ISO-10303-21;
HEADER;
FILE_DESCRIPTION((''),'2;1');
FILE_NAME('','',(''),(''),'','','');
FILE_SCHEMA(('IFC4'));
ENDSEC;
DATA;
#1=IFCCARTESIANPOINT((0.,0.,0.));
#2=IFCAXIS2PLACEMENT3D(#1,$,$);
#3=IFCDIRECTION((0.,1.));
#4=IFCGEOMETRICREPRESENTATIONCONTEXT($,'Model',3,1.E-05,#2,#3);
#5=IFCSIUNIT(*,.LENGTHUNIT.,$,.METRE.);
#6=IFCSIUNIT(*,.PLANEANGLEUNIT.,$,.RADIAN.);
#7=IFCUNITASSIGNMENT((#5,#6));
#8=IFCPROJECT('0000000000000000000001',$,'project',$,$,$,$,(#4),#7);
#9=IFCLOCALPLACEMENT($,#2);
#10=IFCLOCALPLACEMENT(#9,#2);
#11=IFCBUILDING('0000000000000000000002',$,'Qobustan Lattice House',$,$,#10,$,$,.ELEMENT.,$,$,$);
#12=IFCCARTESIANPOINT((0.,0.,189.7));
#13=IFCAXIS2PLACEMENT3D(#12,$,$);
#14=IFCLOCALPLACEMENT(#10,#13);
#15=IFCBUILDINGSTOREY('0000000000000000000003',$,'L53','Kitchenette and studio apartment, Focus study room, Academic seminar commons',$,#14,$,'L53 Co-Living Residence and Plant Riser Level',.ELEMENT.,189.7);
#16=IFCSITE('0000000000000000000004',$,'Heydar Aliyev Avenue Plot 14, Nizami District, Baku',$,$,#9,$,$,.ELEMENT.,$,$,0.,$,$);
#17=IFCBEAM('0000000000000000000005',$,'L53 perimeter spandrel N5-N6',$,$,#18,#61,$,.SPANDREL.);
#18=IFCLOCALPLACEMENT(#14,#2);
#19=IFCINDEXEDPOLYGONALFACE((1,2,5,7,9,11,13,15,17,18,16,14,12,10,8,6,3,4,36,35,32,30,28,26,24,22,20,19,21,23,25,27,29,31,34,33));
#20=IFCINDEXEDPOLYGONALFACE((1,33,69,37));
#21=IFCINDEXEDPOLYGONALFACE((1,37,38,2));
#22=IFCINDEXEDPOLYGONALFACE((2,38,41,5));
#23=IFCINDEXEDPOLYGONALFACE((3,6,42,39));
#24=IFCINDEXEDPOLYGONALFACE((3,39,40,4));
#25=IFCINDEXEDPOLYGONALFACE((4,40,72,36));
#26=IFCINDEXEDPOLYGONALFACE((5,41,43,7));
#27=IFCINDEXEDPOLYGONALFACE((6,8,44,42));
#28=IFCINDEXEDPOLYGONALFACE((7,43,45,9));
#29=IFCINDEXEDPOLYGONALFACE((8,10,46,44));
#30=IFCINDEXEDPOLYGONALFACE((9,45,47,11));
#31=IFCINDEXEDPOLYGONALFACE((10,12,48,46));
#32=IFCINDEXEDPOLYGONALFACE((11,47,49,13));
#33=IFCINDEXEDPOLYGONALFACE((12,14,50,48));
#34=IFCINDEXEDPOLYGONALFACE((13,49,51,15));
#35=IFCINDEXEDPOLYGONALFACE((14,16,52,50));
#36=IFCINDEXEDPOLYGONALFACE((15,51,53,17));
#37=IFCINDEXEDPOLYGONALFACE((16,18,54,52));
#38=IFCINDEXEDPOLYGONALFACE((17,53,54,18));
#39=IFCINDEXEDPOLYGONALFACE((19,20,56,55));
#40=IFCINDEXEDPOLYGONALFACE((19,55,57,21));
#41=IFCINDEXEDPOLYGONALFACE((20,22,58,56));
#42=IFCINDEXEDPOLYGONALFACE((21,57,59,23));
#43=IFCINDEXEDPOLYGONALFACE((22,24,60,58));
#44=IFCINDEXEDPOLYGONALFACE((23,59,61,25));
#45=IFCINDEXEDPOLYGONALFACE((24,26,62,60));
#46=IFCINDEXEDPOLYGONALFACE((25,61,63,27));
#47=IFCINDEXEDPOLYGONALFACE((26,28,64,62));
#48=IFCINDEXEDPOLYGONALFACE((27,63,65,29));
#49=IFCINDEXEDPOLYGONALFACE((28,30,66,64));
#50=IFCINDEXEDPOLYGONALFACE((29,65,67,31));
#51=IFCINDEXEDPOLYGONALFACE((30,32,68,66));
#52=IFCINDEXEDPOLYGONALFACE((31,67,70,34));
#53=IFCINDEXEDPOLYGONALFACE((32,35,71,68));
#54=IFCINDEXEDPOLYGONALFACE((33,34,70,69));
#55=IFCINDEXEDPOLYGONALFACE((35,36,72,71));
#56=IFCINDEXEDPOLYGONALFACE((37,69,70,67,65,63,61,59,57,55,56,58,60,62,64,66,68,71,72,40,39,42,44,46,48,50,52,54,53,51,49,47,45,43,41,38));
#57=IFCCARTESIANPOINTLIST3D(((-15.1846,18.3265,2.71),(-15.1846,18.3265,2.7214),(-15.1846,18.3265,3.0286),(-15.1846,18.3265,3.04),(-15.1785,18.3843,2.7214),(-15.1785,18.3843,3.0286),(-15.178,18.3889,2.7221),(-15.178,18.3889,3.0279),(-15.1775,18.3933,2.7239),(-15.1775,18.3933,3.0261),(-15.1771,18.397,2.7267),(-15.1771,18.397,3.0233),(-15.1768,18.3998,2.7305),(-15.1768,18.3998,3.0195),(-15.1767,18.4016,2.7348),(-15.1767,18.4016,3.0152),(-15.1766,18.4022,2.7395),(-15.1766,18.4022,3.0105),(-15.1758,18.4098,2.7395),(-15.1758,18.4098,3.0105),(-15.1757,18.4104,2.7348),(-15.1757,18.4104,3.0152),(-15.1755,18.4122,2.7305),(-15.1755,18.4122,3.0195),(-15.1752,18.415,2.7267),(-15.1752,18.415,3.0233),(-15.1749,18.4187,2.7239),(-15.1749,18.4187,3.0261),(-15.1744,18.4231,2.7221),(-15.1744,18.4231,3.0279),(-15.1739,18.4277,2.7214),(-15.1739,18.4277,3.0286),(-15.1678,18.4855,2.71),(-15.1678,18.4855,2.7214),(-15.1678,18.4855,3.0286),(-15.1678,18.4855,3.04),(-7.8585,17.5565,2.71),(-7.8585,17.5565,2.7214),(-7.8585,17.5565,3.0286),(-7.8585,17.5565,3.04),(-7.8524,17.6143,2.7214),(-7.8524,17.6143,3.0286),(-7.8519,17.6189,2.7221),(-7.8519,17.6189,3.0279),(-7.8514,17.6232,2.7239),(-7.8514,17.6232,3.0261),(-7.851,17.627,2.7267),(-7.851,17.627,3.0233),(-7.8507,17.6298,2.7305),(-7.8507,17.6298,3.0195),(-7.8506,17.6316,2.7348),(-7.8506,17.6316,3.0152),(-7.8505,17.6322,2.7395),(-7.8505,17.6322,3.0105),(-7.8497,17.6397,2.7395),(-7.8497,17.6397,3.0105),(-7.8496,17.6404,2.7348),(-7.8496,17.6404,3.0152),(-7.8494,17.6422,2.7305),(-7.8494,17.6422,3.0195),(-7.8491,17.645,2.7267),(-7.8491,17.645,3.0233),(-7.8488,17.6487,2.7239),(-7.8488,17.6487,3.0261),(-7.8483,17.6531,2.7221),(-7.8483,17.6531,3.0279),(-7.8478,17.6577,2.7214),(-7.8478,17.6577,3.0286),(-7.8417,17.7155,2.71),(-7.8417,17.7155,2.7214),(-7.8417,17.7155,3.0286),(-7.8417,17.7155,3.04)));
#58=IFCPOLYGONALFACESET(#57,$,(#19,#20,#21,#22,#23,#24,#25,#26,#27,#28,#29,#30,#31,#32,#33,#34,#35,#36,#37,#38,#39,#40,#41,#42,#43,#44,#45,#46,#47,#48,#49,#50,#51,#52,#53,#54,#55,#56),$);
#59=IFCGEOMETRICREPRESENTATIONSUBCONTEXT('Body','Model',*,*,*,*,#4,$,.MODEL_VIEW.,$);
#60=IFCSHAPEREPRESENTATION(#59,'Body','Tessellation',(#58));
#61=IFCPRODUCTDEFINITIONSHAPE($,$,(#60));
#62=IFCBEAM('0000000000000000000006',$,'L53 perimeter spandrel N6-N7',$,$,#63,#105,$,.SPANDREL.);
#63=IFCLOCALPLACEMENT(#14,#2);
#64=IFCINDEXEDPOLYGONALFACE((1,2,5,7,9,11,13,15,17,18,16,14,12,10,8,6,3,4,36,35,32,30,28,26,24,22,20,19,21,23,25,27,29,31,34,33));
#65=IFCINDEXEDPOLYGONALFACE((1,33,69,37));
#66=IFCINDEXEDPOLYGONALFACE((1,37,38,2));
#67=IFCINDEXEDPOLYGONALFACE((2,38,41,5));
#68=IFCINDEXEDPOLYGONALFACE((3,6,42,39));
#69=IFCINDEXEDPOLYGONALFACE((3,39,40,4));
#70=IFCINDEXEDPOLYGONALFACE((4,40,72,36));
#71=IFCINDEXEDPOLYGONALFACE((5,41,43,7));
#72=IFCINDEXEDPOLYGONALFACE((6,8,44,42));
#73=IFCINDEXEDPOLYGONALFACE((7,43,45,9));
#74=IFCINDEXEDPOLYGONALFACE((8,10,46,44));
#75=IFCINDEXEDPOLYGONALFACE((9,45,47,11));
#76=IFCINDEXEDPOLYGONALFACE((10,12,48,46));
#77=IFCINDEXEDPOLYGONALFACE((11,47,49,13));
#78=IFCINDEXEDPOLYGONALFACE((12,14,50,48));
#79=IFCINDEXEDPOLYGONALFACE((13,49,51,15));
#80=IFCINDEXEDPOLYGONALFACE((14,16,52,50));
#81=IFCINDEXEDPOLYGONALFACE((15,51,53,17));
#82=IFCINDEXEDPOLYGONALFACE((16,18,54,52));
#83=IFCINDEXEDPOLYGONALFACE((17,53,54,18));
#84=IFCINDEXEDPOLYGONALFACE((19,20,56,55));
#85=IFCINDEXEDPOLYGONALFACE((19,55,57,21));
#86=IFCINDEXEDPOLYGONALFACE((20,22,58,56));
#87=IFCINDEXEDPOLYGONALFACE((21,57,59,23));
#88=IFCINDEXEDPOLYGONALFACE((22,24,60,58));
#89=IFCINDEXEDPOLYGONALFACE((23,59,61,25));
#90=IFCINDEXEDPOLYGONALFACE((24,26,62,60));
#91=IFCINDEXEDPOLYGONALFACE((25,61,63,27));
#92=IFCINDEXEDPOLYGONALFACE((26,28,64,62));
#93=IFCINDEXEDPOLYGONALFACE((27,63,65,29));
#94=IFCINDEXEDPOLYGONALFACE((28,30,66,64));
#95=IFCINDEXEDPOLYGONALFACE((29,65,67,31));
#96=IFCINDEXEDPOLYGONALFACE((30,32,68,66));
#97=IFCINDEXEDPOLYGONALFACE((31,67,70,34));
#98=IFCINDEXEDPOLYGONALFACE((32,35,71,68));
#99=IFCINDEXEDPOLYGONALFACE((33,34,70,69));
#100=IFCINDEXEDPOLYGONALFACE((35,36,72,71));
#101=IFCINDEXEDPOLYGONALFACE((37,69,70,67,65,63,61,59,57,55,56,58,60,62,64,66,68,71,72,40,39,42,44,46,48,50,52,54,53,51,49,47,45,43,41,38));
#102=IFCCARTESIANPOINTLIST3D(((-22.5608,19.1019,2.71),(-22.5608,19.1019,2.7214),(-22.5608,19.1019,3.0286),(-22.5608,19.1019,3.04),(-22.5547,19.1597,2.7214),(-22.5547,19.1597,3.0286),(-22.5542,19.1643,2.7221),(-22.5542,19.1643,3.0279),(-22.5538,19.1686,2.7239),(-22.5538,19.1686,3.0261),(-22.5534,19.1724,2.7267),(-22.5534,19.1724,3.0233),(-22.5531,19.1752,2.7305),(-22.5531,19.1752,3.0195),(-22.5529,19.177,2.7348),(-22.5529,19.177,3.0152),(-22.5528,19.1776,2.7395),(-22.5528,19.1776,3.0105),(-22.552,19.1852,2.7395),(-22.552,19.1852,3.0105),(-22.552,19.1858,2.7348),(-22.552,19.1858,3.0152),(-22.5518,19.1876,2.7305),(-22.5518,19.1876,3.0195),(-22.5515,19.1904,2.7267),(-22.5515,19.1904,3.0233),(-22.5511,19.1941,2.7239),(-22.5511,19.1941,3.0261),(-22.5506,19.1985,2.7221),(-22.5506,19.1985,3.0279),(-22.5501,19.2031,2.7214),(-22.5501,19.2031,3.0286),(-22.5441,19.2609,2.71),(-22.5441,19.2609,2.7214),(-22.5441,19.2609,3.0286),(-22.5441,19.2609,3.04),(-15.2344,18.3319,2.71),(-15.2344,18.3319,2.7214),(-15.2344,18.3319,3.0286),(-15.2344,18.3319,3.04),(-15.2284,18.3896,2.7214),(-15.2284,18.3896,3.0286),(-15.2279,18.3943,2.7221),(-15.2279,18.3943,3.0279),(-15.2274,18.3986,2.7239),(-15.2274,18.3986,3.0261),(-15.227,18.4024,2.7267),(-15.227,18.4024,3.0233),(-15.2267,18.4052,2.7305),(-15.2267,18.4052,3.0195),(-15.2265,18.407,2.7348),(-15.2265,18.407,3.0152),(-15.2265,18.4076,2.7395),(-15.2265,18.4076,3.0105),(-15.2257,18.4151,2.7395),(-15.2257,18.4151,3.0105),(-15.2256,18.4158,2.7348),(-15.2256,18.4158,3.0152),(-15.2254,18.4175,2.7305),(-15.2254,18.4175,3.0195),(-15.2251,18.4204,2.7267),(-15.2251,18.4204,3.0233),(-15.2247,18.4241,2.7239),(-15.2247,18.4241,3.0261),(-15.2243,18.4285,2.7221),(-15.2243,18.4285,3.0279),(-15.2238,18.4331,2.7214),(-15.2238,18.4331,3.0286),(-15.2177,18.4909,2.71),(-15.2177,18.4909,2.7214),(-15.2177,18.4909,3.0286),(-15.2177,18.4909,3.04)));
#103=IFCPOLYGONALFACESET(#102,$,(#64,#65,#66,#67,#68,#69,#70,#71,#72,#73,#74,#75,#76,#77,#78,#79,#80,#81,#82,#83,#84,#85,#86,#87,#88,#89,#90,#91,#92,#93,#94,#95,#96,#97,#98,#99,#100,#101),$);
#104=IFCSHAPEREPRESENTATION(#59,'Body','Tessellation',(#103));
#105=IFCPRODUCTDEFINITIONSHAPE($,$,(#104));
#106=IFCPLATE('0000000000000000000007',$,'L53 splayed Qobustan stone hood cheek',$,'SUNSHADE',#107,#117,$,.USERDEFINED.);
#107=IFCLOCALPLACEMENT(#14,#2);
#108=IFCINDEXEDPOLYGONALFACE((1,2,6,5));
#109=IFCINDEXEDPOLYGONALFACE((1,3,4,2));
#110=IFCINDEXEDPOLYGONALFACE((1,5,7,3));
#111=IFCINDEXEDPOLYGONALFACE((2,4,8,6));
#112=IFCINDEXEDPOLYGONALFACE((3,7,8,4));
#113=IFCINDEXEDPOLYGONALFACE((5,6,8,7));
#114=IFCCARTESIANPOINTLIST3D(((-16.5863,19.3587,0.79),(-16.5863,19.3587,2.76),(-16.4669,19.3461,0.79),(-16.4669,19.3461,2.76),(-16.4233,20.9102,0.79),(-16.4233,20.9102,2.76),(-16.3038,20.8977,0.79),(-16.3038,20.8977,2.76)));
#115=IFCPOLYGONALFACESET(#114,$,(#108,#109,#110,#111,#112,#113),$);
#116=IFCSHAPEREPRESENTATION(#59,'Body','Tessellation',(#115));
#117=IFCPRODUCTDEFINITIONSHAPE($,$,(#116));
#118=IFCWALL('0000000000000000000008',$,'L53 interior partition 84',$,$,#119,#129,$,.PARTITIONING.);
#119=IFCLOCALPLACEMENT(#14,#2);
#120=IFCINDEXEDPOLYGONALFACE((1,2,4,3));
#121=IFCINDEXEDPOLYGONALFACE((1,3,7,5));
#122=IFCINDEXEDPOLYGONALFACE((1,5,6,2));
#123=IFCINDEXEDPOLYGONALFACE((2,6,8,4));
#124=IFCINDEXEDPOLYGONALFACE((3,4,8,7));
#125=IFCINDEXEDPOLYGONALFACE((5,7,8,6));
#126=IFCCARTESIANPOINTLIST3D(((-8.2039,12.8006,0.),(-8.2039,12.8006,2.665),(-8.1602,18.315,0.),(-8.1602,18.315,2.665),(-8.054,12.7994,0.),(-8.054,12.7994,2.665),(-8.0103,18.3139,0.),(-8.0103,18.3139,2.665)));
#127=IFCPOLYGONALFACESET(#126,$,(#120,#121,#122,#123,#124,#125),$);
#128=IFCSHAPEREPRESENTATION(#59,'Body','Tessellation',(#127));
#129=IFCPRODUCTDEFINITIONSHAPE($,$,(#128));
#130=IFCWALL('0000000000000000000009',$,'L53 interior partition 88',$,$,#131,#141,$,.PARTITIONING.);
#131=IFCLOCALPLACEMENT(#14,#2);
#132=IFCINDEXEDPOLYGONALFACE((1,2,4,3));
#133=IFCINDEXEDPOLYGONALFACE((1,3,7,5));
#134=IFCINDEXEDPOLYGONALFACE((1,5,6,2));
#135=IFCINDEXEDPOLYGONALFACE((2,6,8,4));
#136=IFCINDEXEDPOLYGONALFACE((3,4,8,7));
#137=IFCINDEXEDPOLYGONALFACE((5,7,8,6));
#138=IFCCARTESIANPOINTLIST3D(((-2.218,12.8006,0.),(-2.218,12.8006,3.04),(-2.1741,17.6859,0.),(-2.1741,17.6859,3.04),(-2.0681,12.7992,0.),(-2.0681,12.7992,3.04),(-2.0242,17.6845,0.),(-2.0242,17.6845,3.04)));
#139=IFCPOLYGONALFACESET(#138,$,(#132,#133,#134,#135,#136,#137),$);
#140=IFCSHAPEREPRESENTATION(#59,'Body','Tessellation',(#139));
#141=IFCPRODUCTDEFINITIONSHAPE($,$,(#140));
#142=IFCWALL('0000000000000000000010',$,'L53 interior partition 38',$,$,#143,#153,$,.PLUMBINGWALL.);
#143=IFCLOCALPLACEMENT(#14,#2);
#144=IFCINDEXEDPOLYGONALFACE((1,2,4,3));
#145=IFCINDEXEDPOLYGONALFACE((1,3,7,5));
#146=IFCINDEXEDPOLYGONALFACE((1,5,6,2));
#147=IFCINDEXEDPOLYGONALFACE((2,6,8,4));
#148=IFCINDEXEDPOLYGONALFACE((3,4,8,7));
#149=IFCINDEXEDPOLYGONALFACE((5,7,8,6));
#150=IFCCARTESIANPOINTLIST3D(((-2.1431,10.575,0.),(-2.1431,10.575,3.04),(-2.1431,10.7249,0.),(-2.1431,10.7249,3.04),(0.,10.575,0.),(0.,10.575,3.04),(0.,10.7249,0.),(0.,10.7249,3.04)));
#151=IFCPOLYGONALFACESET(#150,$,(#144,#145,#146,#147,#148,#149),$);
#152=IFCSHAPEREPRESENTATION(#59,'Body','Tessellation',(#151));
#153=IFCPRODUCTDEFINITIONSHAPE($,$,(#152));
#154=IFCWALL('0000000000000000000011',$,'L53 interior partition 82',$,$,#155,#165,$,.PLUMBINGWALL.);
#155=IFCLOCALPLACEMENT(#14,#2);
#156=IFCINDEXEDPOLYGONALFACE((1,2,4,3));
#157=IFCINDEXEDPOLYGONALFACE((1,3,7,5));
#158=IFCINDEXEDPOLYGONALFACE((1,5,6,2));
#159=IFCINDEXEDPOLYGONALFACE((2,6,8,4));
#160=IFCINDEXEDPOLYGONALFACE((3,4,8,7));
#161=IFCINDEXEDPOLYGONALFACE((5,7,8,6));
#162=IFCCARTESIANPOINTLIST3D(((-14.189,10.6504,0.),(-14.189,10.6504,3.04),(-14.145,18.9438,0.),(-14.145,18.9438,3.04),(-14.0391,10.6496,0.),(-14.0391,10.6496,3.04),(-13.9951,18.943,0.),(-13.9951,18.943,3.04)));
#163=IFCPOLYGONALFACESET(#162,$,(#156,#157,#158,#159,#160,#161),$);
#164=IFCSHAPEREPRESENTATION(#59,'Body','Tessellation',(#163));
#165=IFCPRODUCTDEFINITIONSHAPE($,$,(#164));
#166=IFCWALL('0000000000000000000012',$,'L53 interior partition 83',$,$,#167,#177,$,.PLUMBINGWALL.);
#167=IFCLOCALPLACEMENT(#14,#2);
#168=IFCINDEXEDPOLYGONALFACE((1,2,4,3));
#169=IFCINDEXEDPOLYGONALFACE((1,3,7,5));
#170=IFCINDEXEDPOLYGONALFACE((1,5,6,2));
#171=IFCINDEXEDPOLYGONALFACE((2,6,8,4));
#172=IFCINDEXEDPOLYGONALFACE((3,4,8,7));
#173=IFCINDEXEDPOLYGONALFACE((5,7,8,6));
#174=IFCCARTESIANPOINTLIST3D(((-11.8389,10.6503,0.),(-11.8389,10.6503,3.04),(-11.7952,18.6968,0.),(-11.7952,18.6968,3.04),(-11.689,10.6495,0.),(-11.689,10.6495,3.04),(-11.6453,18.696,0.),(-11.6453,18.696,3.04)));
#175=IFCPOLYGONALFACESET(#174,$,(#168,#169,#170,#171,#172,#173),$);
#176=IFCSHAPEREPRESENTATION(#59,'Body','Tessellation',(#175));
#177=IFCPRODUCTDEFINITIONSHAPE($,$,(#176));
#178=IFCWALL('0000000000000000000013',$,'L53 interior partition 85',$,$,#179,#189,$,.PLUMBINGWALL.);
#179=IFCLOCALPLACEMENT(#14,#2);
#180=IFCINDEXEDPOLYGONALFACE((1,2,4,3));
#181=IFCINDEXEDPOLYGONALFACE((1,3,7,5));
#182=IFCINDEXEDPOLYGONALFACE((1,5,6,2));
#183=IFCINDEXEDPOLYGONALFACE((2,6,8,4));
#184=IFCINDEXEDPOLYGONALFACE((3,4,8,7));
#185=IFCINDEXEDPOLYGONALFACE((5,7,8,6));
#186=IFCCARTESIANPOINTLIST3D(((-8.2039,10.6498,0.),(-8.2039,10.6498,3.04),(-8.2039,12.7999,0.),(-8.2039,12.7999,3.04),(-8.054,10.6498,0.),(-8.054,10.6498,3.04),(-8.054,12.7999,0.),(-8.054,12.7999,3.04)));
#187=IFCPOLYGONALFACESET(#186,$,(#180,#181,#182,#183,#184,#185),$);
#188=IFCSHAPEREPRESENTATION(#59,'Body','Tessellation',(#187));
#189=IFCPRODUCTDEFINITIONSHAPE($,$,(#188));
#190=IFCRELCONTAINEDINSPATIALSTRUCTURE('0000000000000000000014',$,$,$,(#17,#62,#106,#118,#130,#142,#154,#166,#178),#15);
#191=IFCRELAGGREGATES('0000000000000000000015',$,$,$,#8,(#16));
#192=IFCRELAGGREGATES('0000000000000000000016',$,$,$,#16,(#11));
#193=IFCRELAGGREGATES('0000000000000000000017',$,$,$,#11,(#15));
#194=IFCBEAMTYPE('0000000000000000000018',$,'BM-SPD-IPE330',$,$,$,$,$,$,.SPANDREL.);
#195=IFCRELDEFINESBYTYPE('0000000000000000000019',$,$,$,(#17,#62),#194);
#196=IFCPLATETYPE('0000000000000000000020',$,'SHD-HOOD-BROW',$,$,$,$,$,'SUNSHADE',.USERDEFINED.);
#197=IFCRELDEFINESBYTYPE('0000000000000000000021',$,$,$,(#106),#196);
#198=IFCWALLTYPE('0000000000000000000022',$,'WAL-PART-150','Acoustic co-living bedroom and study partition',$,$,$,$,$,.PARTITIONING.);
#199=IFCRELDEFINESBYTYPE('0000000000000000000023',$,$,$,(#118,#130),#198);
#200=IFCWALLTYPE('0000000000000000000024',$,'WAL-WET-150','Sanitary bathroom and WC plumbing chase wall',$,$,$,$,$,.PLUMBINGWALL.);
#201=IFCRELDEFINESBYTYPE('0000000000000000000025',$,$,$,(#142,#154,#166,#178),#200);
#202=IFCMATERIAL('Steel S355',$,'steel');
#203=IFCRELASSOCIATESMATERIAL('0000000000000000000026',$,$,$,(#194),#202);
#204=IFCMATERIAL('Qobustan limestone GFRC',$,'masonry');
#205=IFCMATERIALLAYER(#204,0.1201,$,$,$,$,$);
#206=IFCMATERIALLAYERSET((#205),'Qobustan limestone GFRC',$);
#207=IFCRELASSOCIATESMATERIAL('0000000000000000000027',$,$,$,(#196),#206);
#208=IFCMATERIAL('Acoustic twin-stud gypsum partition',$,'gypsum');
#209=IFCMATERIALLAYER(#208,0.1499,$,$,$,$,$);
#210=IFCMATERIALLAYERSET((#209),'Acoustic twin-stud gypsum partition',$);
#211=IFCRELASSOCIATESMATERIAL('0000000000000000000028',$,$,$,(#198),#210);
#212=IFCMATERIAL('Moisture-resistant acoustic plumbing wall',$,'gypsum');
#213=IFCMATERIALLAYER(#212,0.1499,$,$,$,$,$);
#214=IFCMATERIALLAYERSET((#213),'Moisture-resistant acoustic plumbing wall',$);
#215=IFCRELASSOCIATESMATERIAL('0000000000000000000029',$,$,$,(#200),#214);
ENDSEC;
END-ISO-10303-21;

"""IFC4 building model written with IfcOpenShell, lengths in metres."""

from ifc_helpers import new_model, si_unit, direction, frame, frame_2d, origin, origin_2d, place, context, subcontext, project, spatial, rectangle, i_section, extrude, material, layer, layer_set, material_profile, profile_set, type_object, element, save


model = new_model("IFC4")

# Units and contexts
model_context = context("Model", 3, precision=1e-05, world=origin(), true_north=direction((0.0, 1.0)))
body_context = subcontext(model_context, "Body", "Model", "MODEL_VIEW")
ifc_project = project(units=[si_unit("LENGTHUNIT", "METRE"), si_unit("PLANEANGLEUNIT", "RADIAN")], contexts=[model_context])

# Site, building, storey
site_placement = place(None, origin())
site = spatial("IfcSite", under=ifc_project, at=site_placement, Name="Heydar Aliyev Avenue Plot 14, Nizami District, Baku", CompositionType="ELEMENT", RefElevation=0.0)
building_placement = place(site_placement, origin())
building = spatial("IfcBuilding", under=site, at=building_placement, Name="Qobustan Lattice House", CompositionType="ELEMENT")
storey_placement = place(building_placement, frame((0.0, 0.0, 189.7)))
storey = spatial("IfcBuildingStorey", under=building, at=storey_placement, Name="L53", Description="Kitchenette and studio apartment, Focus study room, Academic seminar commons", LongName="L53 Co-Living Residence and Plant Riser Level", CompositionType="ELEMENT", Elevation=189.7)

# Beams
ifc_material_1 = material(Name="Steel S355", Category="steel")
ifc_material_profile_1 = material_profile(ifc_material_1, i_section(OverallWidth=0.1599, OverallDepth=0.3301, WebThickness=0.0076, FlangeThickness=0.0115, FilletRadius=0.0181, at=origin_2d()), Name="IPE330")
ifc_profile_set_1 = profile_set([ifc_material_profile_1], Name="Steel S355")
beam_type_1 = type_object("IfcBeamType", Name="BM-SPD-IPE330", PredefinedType="SPANDREL", material=ifc_profile_set_1)
beam_1_placement = place(storey_placement, frame((-7.8501, 17.636, 2.875), z_axis=(-0.994522, 0.10453, 0.0), x_axis=(-0.10453, -0.994522, 0.0)))
element("IfcBeam", 1, at=beam_1_placement, inside=storey, type_object=beam_type_1, Name="L53 perimeter spandrel N5-N6", PredefinedType="SPANDREL", context=body_context, shape_type="SweptSolid", body=[
    extrude(i_section(OverallWidth=0.1599, OverallDepth=0.3301, WebThickness=0.0076, FlangeThickness=0.0115, FilletRadius=0.0181, at=origin_2d()), origin(), (0.0, 0.0, 1.0), 7.3665),
])
beam_2_placement = place(storey_placement, frame((-15.2261, 18.4114, 2.875), z_axis=(-0.994522, 0.104526, 0.0), x_axis=(-0.104526, -0.994522, 0.0)))
element("IfcBeam", 2, at=beam_2_placement, inside=storey, type_object=beam_type_1, Name="L53 perimeter spandrel N6-N7", PredefinedType="SPANDREL", context=body_context, shape_type="SweptSolid", body=[
    extrude(i_section(OverallWidth=0.1599, OverallDepth=0.3301, WebThickness=0.0076, FlangeThickness=0.0115, FilletRadius=0.0181, at=origin_2d()), origin(), (0.0, 0.0, 1.0), 7.3667),
])

# Plate
ifc_material_2 = material(Name="Qobustan limestone GFRC", Category="masonry")
ifc_layer_1 = layer(ifc_material_2, 0.1201)
ifc_layer_set_1 = layer_set([ifc_layer_1], Name="Qobustan limestone GFRC")
plate_type = type_object("IfcPlateType", Name="SHD-HOOD-BROW", ElementType="SUNSHADE", PredefinedType="USERDEFINED", material=ifc_layer_set_1)
plate_placement = place(storey_placement, frame((-16.4451, 20.1282, 0.79), z_axis=(0.0, 0.0, 1.0), x_axis=(0.994522, -0.104528, 0.0)))
element("IfcPlate", 3, at=plate_placement, inside=storey, type_object=plate_type, Name="L53 splayed Qobustan stone hood cheek", ObjectType="SUNSHADE", PredefinedType="USERDEFINED", context=body_context, shape_type="SweptSolid", body=[
    extrude(rectangle(XDim=0.1201, YDim=1.5601, at=origin_2d()), origin(), (0.0, 0.0, 1.0), 1.97),
])

# Walls
ifc_material_3 = material(Name="Acoustic twin-stud gypsum partition", Category="gypsum")
ifc_layer_2 = layer(ifc_material_3, 0.1499)
ifc_layer_set_2 = layer_set([ifc_layer_2], Name="Acoustic twin-stud gypsum partition")
wall_type_1 = type_object("IfcWallType", Name="WAL-PART-150", Description="Acoustic co-living bedroom and study partition", PredefinedType="PARTITIONING", material=ifc_layer_set_2)
wall_1_placement = place(storey_placement, frame((-8.0852, 18.3145, 0.0), z_axis=(0.0, 0.0, 1.0), x_axis=(-0.007925, -0.999969, 0.0)))
element("IfcWall", 4, at=wall_1_placement, inside=storey, type_object=wall_type_1, Name="L53 interior partition 84", PredefinedType="PARTITIONING", context=body_context, shape_type="SweptSolid", body=[
    extrude(rectangle(XDim=5.5146, YDim=0.1499, at=frame_2d((2.7573, 0.0))), origin(), (0.0, 0.0, 1.0), 2.665),
])
wall_2_placement = place(storey_placement, frame((-2.0991, 17.6853, 0.0), z_axis=(0.0, 0.0, 1.0), x_axis=(-0.008995, -0.99996, 0.0)))
element("IfcWall", 5, at=wall_2_placement, inside=storey, type_object=wall_type_1, Name="L53 interior partition 88", PredefinedType="PARTITIONING", context=body_context, shape_type="SweptSolid", body=[
    extrude(rectangle(XDim=4.8855, YDim=0.1499, at=frame_2d((2.4429, 0.0))), origin(), (0.0, 0.0, 1.0), 3.04),
])
ifc_material_4 = material(Name="Moisture-resistant acoustic plumbing wall", Category="gypsum")
ifc_layer_3 = layer(ifc_material_4, 0.1499)
ifc_layer_set_3 = layer_set([ifc_layer_3], Name="Moisture-resistant acoustic plumbing wall")
wall_type_2 = type_object("IfcWallType", Name="WAL-WET-150", Description="Sanitary bathroom and WC plumbing chase wall", PredefinedType="PLUMBINGWALL", material=ifc_layer_set_3)
wall_3_placement = place(storey_placement, frame((-2.1431, 10.6499, 0.0), z_axis=(0.0, 0.0, 1.0), x_axis=(1.0, 0.0, 0.0)))
element("IfcWall", 6, at=wall_3_placement, inside=storey, type_object=wall_type_2, Name="L53 interior partition 38", PredefinedType="PLUMBINGWALL", context=body_context, shape_type="SweptSolid", body=[
    extrude(rectangle(XDim=2.1431, YDim=0.1499, at=frame_2d((1.0715, 0.0))), origin(), (0.0, 0.0, 1.0), 3.04),
])
wall_4_placement = place(storey_placement, frame((-14.0701, 18.9434, 0.0), z_axis=(0.0, 0.0, 1.0), x_axis=(-0.005299, -0.999986, 0.0)))
element("IfcWall", 7, at=wall_4_placement, inside=storey, type_object=wall_type_2, Name="L53 interior partition 82", PredefinedType="PLUMBINGWALL", context=body_context, shape_type="SweptSolid", body=[
    extrude(rectangle(XDim=8.2935, YDim=0.1499, at=frame_2d((4.1467, 0.0))), origin(), (0.0, 0.0, 1.0), 3.04),
])
wall_5_placement = place(storey_placement, frame((-11.7202, 18.6965, 0.0), z_axis=(0.0, 0.0, 1.0), x_axis=(-0.005431, -0.999985, 0.0)))
element("IfcWall", 8, at=wall_5_placement, inside=storey, type_object=wall_type_2, Name="L53 interior partition 83", PredefinedType="PLUMBINGWALL", context=body_context, shape_type="SweptSolid", body=[
    extrude(rectangle(XDim=8.0466, YDim=0.1499, at=frame_2d((4.0234, 0.0))), origin(), (0.0, 0.0, 1.0), 3.04),
])
wall_6_placement = place(storey_placement, frame((-8.1289, 12.8, 0.0), z_axis=(0.0, 0.0, 1.0), x_axis=(0.0, -1.0, 0.0)))
element("IfcWall", 9, at=wall_6_placement, inside=storey, type_object=wall_type_2, Name="L53 interior partition 85", PredefinedType="PLUMBINGWALL", context=body_context, shape_type="SweptSolid", body=[
    extrude(rectangle(XDim=2.1501, YDim=0.1499, at=frame_2d((1.0752, 0.0))), origin(), (0.0, 0.0, 1.0), 3.04),
])

save(model, "model.ifc")
